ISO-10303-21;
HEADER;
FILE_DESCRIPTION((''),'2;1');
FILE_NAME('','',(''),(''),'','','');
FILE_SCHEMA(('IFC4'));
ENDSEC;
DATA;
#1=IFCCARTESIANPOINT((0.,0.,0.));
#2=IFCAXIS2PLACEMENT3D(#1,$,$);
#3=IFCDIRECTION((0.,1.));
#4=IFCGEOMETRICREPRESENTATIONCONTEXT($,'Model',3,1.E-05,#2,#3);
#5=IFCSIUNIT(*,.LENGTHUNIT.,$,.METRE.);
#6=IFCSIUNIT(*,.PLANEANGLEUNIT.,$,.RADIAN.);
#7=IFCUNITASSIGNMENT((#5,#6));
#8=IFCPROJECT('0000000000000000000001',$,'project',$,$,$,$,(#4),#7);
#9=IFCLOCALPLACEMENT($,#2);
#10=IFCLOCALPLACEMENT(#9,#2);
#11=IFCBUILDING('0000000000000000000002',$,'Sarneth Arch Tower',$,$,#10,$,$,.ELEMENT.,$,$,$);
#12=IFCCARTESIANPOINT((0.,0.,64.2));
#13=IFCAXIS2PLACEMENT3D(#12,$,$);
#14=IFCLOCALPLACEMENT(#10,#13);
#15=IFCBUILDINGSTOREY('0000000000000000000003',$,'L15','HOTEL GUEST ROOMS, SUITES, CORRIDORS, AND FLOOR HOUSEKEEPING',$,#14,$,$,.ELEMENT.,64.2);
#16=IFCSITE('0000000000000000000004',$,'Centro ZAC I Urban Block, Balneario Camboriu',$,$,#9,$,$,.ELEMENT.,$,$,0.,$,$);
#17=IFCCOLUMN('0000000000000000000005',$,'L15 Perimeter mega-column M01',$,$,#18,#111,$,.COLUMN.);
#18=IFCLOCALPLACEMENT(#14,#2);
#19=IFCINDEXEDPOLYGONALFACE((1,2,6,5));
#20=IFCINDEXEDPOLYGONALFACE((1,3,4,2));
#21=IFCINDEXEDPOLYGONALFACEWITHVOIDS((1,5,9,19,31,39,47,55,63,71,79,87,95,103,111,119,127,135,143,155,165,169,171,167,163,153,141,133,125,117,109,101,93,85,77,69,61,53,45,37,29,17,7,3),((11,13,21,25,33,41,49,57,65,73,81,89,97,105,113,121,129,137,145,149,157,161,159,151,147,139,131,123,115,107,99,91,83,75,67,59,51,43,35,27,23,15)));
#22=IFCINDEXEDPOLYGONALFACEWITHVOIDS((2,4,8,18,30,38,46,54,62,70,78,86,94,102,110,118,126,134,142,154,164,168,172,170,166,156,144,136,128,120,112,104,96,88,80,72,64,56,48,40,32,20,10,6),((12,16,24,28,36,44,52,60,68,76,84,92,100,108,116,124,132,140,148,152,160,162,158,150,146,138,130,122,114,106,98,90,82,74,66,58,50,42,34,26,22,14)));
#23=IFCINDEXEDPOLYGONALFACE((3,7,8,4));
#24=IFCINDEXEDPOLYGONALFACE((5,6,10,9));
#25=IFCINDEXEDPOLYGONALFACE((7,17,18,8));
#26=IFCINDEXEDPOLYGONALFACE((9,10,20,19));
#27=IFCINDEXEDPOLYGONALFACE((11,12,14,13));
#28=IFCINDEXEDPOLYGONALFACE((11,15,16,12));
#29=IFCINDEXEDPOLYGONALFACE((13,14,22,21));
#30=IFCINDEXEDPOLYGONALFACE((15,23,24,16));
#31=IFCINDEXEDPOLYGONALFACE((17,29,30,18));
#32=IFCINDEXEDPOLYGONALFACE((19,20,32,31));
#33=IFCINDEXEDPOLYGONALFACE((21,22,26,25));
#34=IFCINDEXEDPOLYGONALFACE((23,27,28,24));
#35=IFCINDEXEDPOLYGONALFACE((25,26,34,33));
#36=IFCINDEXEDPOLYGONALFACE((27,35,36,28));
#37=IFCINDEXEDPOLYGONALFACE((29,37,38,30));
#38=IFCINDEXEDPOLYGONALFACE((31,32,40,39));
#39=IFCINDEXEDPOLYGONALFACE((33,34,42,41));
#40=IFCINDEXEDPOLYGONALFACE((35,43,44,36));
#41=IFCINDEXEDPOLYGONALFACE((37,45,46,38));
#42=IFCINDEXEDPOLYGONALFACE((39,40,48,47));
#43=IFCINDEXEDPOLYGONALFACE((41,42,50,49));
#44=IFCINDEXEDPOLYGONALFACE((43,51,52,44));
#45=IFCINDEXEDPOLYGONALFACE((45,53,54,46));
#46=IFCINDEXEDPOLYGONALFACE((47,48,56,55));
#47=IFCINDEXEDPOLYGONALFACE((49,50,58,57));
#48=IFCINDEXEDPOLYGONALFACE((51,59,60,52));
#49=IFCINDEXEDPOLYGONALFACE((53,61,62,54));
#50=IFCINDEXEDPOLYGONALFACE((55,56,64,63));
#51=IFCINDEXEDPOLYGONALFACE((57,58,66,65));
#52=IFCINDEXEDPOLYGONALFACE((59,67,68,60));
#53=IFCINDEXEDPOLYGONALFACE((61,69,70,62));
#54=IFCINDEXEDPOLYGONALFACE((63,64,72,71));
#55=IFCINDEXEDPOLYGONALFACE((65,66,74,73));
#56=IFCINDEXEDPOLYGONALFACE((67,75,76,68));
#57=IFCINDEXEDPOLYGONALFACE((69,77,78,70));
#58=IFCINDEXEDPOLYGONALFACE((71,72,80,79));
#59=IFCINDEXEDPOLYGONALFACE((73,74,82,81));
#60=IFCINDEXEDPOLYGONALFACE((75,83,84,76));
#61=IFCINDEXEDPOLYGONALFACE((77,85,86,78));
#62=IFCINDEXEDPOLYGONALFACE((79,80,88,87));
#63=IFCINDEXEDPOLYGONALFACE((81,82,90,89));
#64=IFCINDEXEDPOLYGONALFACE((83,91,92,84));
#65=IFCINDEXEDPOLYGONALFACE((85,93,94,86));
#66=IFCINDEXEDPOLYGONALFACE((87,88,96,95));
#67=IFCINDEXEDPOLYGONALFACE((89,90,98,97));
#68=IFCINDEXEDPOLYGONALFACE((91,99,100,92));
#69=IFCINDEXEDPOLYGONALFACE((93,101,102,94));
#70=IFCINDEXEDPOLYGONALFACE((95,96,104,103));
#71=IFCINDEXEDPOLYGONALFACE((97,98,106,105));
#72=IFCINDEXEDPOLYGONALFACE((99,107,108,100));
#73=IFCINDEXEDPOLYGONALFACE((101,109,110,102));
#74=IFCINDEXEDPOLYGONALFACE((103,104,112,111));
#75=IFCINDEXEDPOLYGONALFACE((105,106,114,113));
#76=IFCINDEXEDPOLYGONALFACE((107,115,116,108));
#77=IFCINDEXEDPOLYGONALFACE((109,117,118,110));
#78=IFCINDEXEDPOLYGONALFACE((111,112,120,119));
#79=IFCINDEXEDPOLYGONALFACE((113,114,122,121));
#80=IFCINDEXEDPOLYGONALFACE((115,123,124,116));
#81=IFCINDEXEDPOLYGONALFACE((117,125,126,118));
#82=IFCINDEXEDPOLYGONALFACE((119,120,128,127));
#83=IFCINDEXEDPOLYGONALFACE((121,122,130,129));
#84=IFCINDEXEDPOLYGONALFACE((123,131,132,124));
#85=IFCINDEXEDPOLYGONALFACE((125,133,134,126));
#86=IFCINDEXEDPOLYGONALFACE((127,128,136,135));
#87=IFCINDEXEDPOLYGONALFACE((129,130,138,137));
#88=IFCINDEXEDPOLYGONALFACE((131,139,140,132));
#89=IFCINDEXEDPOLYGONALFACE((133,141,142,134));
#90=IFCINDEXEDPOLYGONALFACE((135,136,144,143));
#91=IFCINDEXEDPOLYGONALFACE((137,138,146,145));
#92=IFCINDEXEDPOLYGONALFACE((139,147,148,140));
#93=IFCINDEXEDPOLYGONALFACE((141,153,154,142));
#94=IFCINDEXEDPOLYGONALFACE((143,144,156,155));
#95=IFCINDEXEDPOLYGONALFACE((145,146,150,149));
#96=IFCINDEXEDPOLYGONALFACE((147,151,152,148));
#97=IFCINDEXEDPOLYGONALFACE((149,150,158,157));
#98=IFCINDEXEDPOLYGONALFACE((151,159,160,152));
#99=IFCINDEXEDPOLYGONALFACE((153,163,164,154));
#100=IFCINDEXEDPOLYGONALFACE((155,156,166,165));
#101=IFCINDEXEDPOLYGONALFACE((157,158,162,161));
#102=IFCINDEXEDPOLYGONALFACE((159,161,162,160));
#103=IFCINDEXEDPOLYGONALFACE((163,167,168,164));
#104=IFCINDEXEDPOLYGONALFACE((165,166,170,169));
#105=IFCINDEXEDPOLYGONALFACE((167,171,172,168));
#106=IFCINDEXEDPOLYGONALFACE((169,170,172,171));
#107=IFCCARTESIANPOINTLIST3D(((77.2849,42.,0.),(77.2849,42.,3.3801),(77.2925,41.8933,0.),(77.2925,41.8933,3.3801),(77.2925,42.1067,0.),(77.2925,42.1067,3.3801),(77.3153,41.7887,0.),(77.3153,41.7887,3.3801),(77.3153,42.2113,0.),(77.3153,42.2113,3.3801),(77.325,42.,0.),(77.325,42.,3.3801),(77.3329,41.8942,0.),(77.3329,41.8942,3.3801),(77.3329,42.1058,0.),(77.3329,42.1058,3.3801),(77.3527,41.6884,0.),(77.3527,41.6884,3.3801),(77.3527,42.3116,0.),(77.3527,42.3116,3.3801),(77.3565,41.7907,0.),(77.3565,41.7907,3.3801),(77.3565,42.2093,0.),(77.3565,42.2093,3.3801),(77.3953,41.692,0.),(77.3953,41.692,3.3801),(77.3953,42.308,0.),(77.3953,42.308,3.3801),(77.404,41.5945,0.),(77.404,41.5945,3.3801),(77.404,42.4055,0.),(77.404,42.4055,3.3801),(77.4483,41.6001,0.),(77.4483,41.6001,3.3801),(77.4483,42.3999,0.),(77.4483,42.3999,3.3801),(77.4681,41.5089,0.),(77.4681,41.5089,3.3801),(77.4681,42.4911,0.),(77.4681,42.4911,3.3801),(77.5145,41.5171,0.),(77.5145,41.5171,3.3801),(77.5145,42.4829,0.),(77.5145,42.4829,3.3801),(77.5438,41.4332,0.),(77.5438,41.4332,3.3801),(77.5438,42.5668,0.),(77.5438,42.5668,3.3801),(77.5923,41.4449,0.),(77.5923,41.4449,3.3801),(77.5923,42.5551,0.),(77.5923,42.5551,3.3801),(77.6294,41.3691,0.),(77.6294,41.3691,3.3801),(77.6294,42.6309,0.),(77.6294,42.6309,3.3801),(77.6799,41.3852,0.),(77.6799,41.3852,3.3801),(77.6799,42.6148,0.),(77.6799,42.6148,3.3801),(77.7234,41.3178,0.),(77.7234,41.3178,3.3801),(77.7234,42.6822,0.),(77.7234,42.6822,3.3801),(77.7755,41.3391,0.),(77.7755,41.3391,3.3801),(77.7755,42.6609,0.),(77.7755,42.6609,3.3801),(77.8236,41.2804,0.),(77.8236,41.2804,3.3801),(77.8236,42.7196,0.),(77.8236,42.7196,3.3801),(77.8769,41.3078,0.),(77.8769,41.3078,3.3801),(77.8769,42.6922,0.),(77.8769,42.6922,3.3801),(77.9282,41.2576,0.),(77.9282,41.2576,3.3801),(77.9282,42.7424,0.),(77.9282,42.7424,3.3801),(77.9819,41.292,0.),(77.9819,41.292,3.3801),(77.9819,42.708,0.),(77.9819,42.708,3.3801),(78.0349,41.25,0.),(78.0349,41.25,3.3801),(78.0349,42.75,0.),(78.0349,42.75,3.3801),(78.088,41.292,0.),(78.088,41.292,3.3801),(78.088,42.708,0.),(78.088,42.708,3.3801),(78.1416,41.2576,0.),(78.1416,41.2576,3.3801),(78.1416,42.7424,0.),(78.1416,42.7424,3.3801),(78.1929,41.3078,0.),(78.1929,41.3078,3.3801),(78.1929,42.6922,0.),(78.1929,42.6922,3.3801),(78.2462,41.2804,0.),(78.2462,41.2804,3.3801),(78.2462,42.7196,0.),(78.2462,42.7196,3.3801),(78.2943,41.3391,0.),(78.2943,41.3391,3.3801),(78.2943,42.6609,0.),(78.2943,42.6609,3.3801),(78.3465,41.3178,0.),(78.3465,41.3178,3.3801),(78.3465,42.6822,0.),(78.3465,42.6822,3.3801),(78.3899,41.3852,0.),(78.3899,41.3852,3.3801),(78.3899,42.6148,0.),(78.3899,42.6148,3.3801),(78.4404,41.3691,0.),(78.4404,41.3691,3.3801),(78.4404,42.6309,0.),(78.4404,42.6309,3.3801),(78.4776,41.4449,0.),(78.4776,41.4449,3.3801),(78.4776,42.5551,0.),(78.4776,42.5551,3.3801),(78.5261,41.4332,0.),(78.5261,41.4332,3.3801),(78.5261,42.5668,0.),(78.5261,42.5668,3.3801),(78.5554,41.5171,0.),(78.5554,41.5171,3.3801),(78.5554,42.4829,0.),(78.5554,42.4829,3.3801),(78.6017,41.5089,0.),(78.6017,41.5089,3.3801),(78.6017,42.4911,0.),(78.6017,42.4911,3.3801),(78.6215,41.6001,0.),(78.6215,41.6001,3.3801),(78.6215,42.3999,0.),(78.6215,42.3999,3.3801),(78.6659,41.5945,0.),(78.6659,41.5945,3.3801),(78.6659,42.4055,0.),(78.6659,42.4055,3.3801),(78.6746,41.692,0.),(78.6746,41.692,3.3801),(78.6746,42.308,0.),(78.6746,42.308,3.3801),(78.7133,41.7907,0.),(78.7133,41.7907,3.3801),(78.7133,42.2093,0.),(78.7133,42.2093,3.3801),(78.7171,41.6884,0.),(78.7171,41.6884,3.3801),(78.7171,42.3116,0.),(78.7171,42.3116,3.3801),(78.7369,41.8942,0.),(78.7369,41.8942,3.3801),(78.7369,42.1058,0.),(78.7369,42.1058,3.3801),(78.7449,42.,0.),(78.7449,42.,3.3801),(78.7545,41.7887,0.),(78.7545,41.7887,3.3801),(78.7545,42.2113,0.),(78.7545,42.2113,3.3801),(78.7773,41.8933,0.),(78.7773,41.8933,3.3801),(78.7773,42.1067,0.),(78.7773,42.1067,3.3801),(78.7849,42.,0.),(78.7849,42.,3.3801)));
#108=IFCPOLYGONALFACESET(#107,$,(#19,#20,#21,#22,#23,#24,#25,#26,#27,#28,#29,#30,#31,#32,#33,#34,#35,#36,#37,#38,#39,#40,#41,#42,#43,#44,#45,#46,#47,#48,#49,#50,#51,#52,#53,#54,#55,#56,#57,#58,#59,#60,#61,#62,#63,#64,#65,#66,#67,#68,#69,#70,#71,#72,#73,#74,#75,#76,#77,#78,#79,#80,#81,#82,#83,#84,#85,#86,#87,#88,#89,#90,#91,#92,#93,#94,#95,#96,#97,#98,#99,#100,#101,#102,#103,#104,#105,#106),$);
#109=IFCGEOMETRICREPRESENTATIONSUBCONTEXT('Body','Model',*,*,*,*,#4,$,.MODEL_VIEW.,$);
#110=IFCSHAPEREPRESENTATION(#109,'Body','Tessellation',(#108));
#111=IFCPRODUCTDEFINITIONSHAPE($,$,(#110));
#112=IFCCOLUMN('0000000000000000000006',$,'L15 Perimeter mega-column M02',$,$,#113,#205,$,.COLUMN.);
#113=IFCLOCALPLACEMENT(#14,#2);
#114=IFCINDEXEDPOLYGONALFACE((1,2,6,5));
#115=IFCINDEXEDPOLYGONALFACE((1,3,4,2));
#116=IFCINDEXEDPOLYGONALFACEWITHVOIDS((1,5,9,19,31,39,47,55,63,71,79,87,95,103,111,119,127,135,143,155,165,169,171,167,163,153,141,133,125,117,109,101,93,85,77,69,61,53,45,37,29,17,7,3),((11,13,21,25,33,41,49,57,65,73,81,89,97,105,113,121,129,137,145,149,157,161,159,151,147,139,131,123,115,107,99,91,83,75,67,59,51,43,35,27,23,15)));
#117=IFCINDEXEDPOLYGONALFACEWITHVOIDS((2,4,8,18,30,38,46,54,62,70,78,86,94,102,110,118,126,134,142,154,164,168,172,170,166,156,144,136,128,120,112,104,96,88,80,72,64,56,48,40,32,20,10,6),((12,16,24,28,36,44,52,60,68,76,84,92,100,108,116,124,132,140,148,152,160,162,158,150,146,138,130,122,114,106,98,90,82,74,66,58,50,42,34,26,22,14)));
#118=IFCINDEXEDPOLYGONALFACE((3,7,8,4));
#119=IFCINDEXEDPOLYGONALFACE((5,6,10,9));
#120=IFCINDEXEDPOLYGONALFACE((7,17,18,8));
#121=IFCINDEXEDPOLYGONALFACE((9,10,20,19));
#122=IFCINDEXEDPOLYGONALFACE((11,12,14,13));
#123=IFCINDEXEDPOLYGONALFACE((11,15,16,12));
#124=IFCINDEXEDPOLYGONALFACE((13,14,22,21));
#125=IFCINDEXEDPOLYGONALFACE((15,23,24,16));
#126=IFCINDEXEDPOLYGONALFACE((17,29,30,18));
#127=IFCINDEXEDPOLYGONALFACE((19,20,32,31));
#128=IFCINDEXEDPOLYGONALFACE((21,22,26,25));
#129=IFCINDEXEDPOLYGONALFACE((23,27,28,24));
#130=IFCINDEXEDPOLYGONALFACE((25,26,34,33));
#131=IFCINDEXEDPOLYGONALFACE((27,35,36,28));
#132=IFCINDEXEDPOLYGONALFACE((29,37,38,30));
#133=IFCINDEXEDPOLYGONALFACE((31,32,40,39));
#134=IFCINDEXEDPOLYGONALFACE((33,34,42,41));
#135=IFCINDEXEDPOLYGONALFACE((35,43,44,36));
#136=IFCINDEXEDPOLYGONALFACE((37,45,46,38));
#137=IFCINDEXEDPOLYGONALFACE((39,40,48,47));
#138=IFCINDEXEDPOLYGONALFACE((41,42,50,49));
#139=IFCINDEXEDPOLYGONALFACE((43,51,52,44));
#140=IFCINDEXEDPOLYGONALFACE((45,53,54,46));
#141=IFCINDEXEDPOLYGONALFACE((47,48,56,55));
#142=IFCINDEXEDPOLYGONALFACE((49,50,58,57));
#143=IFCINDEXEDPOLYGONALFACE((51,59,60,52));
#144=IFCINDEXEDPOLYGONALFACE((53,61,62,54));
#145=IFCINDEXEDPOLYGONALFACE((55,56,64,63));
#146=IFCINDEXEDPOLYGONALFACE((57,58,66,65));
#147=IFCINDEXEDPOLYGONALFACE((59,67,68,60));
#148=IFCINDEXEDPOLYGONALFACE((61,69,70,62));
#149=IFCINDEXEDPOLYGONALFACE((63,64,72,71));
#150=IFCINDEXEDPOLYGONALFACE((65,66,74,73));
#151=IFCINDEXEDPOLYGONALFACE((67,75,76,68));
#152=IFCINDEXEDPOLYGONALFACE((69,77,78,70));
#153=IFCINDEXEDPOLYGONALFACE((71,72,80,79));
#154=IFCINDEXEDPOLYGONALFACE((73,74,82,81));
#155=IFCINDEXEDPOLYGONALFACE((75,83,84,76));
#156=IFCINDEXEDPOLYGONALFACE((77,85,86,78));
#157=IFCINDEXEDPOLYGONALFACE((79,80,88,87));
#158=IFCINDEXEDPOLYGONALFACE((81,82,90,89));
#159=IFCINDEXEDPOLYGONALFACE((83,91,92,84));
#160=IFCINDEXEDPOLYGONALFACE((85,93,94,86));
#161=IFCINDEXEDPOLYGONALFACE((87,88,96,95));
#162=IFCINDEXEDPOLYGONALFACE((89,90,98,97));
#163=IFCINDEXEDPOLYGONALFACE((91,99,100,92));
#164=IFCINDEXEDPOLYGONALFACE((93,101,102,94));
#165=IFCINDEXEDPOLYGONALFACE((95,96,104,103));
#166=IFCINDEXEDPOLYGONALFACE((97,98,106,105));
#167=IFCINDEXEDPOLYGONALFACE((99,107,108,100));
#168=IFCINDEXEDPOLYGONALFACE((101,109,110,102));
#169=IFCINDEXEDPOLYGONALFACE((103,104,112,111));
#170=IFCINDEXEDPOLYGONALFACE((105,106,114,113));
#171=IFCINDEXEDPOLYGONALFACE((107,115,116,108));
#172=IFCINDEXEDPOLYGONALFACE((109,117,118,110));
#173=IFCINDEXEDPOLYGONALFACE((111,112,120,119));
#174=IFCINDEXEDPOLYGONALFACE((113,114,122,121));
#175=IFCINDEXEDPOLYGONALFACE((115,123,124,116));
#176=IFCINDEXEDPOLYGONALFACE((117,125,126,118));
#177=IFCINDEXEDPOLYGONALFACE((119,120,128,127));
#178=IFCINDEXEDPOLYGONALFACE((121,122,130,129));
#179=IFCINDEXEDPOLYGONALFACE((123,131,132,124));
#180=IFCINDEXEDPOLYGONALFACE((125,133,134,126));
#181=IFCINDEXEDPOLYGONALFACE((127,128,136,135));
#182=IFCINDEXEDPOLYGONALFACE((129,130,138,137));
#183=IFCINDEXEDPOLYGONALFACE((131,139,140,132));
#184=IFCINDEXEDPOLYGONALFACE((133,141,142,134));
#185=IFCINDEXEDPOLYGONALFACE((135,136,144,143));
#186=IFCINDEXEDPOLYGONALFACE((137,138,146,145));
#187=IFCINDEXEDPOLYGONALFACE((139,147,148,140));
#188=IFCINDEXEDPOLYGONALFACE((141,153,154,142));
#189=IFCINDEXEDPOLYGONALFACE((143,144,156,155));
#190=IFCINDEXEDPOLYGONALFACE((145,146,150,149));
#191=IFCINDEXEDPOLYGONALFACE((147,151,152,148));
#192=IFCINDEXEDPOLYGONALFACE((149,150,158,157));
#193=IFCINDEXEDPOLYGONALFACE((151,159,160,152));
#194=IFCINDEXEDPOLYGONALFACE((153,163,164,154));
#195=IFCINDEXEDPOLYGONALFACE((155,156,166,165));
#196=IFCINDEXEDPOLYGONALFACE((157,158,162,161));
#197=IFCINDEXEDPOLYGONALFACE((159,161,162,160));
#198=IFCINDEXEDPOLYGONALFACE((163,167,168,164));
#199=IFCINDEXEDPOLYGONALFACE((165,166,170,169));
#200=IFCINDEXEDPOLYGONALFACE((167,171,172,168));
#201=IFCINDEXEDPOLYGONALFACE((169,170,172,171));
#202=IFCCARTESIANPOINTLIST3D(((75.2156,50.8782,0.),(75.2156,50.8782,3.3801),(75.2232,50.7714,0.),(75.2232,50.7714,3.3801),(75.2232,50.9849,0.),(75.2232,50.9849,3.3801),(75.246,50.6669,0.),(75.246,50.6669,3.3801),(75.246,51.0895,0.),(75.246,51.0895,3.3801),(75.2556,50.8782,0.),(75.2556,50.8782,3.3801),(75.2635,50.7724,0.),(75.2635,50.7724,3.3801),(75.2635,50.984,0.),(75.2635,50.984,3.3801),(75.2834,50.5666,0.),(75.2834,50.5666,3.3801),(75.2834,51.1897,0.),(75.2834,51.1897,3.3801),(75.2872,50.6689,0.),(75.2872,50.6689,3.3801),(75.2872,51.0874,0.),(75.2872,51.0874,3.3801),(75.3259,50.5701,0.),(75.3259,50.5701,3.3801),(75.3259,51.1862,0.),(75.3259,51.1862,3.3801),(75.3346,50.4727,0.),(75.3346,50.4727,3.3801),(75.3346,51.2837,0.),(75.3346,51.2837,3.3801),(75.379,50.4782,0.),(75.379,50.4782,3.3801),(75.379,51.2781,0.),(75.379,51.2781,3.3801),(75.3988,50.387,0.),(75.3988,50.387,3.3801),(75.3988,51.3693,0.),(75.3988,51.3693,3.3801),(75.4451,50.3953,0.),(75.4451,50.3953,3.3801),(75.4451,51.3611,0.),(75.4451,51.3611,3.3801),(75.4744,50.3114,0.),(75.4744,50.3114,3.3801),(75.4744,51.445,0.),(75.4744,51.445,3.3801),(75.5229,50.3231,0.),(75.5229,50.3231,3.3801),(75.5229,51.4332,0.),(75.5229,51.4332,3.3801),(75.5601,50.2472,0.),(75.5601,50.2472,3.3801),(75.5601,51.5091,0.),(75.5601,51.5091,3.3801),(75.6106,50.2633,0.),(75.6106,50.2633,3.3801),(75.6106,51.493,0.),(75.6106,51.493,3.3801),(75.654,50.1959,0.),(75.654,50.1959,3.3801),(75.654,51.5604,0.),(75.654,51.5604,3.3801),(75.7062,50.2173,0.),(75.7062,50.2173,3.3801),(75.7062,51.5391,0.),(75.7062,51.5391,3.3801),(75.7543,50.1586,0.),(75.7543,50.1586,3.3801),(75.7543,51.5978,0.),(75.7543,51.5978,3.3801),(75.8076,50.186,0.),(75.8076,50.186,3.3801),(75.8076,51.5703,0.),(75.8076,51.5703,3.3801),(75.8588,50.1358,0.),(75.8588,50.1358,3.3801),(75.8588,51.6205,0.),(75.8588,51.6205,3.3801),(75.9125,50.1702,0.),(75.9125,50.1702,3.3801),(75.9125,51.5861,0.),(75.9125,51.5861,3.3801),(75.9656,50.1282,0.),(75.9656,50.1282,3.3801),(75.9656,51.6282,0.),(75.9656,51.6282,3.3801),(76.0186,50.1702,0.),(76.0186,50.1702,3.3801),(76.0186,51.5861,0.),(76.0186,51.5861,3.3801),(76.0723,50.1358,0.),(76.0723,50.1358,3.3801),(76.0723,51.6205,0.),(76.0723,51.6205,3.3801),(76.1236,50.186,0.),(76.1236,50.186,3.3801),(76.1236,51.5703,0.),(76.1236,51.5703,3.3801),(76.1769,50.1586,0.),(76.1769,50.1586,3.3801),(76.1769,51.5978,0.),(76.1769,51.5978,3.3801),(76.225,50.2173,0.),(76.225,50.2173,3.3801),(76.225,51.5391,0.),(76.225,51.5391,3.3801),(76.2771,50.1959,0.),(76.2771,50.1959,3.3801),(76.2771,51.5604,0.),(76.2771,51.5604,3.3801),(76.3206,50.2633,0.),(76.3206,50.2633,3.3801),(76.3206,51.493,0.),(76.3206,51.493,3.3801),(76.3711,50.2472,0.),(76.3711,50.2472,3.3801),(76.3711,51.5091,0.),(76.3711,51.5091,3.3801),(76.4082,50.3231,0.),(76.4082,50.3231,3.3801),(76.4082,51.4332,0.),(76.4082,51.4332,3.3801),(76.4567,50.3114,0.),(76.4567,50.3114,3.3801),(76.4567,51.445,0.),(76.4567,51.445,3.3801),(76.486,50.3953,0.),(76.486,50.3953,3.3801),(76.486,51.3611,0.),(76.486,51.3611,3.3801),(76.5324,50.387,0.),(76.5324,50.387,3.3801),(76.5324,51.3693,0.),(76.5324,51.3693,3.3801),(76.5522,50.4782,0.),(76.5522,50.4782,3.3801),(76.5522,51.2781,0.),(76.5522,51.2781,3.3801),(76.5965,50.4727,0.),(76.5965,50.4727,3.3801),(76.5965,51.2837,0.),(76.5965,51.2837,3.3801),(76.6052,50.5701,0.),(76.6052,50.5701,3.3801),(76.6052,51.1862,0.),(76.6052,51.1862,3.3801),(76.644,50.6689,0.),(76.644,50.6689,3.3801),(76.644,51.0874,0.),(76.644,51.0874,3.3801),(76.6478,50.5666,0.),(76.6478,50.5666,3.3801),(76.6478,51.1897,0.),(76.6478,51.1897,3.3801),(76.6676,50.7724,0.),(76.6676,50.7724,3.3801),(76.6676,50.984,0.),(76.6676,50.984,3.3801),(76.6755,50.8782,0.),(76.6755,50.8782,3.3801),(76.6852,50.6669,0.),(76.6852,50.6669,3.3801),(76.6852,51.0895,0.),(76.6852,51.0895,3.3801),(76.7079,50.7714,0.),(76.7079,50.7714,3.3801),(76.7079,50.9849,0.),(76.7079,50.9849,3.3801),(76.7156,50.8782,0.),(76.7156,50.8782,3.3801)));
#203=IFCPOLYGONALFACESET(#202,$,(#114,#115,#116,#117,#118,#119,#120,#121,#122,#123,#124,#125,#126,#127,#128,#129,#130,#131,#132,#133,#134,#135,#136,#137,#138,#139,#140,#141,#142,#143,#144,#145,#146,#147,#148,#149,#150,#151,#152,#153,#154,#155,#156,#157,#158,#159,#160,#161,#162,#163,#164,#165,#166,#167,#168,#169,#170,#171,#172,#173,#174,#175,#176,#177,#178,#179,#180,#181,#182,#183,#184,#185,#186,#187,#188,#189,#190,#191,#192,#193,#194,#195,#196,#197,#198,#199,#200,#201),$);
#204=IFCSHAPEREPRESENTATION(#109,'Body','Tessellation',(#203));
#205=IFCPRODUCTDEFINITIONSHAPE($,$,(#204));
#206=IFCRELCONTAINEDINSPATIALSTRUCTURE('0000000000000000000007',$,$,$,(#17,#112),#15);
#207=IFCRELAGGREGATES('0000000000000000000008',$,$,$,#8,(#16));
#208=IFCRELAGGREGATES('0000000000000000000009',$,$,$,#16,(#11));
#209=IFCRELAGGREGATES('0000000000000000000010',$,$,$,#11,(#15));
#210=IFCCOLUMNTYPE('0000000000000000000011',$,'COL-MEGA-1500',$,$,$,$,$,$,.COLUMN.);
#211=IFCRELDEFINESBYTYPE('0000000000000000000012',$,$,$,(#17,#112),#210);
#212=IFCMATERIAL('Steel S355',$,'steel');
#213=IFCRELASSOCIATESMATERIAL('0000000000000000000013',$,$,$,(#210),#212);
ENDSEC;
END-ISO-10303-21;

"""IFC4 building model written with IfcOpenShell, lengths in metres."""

from ifc_helpers import new_model, si_unit, direction, frame, origin, origin_2d, place, context, subcontext, project, spatial, hollow_circle, extrude, material, material_profile, profile_set, type_object, element, save


model = new_model("IFC4")

# Units and contexts
model_context = context("Model", 3, precision=1e-05, world=origin(), true_north=direction((0.0, 1.0)))
body_context = subcontext(model_context, "Body", "Model", "MODEL_VIEW")
ifc_project = project(units=[si_unit("LENGTHUNIT", "METRE"), si_unit("PLANEANGLEUNIT", "RADIAN")], contexts=[model_context])

# Site, building, storey
site_placement = place(None, origin())
site = spatial("IfcSite", under=ifc_project, at=site_placement, Name="Centro ZAC I Urban Block, Balneario Camboriu", CompositionType="ELEMENT", RefElevation=0.0)
building_placement = place(site_placement, origin())
building = spatial("IfcBuilding", under=site, at=building_placement, Name="Sarneth Arch Tower", CompositionType="ELEMENT")
storey_placement = place(building_placement, frame((0.0, 0.0, 64.2)))
storey = spatial("IfcBuildingStorey", under=building, at=storey_placement, Name="L15", Description="HOTEL GUEST ROOMS, SUITES, CORRIDORS, AND FLOOR HOUSEKEEPING", CompositionType="ELEMENT", Elevation=64.2)

# Columns
ifc_material_1 = material(Name="Steel S355", Category="steel")
ifc_material_profile_1 = material_profile(ifc_material_1, hollow_circle(Radius=0.75, WallThickness=0.04, at=origin_2d()), Name="CHS1500x40")
ifc_profile_set_1 = profile_set([ifc_material_profile_1], Name="Steel S355")
column_type = type_object("IfcColumnType", Name="COL-MEGA-1500", PredefinedType="COLUMN", material=ifc_profile_set_1)
for number, where, z_axis, x_axis, name in (
    (1, (78.0349, 42.0, 0.0), (0.0, 0.0, 1.0), (1.0, 0.0, 0.0), "L15 Perimeter mega-column M01"),
    (2, (75.9656, 50.8782, 0.0), (0.0, 0.0, 1.0), (1.0, 0.0, 0.0), "L15 Perimeter mega-column M02"),
):
    element("IfcColumn", number, at=place(storey_placement, frame(where, z_axis=z_axis, x_axis=x_axis)), inside=storey, type_object=column_type, Name=name, PredefinedType="COLUMN", context=body_context, shape_type="SweptSolid", body=[
        extrude(hollow_circle(Radius=0.75, WallThickness=0.04, at=origin_2d()), origin(), (0.0, 0.0, 1.0), 3.3801),
    ])

save(model, "model.ifc")
